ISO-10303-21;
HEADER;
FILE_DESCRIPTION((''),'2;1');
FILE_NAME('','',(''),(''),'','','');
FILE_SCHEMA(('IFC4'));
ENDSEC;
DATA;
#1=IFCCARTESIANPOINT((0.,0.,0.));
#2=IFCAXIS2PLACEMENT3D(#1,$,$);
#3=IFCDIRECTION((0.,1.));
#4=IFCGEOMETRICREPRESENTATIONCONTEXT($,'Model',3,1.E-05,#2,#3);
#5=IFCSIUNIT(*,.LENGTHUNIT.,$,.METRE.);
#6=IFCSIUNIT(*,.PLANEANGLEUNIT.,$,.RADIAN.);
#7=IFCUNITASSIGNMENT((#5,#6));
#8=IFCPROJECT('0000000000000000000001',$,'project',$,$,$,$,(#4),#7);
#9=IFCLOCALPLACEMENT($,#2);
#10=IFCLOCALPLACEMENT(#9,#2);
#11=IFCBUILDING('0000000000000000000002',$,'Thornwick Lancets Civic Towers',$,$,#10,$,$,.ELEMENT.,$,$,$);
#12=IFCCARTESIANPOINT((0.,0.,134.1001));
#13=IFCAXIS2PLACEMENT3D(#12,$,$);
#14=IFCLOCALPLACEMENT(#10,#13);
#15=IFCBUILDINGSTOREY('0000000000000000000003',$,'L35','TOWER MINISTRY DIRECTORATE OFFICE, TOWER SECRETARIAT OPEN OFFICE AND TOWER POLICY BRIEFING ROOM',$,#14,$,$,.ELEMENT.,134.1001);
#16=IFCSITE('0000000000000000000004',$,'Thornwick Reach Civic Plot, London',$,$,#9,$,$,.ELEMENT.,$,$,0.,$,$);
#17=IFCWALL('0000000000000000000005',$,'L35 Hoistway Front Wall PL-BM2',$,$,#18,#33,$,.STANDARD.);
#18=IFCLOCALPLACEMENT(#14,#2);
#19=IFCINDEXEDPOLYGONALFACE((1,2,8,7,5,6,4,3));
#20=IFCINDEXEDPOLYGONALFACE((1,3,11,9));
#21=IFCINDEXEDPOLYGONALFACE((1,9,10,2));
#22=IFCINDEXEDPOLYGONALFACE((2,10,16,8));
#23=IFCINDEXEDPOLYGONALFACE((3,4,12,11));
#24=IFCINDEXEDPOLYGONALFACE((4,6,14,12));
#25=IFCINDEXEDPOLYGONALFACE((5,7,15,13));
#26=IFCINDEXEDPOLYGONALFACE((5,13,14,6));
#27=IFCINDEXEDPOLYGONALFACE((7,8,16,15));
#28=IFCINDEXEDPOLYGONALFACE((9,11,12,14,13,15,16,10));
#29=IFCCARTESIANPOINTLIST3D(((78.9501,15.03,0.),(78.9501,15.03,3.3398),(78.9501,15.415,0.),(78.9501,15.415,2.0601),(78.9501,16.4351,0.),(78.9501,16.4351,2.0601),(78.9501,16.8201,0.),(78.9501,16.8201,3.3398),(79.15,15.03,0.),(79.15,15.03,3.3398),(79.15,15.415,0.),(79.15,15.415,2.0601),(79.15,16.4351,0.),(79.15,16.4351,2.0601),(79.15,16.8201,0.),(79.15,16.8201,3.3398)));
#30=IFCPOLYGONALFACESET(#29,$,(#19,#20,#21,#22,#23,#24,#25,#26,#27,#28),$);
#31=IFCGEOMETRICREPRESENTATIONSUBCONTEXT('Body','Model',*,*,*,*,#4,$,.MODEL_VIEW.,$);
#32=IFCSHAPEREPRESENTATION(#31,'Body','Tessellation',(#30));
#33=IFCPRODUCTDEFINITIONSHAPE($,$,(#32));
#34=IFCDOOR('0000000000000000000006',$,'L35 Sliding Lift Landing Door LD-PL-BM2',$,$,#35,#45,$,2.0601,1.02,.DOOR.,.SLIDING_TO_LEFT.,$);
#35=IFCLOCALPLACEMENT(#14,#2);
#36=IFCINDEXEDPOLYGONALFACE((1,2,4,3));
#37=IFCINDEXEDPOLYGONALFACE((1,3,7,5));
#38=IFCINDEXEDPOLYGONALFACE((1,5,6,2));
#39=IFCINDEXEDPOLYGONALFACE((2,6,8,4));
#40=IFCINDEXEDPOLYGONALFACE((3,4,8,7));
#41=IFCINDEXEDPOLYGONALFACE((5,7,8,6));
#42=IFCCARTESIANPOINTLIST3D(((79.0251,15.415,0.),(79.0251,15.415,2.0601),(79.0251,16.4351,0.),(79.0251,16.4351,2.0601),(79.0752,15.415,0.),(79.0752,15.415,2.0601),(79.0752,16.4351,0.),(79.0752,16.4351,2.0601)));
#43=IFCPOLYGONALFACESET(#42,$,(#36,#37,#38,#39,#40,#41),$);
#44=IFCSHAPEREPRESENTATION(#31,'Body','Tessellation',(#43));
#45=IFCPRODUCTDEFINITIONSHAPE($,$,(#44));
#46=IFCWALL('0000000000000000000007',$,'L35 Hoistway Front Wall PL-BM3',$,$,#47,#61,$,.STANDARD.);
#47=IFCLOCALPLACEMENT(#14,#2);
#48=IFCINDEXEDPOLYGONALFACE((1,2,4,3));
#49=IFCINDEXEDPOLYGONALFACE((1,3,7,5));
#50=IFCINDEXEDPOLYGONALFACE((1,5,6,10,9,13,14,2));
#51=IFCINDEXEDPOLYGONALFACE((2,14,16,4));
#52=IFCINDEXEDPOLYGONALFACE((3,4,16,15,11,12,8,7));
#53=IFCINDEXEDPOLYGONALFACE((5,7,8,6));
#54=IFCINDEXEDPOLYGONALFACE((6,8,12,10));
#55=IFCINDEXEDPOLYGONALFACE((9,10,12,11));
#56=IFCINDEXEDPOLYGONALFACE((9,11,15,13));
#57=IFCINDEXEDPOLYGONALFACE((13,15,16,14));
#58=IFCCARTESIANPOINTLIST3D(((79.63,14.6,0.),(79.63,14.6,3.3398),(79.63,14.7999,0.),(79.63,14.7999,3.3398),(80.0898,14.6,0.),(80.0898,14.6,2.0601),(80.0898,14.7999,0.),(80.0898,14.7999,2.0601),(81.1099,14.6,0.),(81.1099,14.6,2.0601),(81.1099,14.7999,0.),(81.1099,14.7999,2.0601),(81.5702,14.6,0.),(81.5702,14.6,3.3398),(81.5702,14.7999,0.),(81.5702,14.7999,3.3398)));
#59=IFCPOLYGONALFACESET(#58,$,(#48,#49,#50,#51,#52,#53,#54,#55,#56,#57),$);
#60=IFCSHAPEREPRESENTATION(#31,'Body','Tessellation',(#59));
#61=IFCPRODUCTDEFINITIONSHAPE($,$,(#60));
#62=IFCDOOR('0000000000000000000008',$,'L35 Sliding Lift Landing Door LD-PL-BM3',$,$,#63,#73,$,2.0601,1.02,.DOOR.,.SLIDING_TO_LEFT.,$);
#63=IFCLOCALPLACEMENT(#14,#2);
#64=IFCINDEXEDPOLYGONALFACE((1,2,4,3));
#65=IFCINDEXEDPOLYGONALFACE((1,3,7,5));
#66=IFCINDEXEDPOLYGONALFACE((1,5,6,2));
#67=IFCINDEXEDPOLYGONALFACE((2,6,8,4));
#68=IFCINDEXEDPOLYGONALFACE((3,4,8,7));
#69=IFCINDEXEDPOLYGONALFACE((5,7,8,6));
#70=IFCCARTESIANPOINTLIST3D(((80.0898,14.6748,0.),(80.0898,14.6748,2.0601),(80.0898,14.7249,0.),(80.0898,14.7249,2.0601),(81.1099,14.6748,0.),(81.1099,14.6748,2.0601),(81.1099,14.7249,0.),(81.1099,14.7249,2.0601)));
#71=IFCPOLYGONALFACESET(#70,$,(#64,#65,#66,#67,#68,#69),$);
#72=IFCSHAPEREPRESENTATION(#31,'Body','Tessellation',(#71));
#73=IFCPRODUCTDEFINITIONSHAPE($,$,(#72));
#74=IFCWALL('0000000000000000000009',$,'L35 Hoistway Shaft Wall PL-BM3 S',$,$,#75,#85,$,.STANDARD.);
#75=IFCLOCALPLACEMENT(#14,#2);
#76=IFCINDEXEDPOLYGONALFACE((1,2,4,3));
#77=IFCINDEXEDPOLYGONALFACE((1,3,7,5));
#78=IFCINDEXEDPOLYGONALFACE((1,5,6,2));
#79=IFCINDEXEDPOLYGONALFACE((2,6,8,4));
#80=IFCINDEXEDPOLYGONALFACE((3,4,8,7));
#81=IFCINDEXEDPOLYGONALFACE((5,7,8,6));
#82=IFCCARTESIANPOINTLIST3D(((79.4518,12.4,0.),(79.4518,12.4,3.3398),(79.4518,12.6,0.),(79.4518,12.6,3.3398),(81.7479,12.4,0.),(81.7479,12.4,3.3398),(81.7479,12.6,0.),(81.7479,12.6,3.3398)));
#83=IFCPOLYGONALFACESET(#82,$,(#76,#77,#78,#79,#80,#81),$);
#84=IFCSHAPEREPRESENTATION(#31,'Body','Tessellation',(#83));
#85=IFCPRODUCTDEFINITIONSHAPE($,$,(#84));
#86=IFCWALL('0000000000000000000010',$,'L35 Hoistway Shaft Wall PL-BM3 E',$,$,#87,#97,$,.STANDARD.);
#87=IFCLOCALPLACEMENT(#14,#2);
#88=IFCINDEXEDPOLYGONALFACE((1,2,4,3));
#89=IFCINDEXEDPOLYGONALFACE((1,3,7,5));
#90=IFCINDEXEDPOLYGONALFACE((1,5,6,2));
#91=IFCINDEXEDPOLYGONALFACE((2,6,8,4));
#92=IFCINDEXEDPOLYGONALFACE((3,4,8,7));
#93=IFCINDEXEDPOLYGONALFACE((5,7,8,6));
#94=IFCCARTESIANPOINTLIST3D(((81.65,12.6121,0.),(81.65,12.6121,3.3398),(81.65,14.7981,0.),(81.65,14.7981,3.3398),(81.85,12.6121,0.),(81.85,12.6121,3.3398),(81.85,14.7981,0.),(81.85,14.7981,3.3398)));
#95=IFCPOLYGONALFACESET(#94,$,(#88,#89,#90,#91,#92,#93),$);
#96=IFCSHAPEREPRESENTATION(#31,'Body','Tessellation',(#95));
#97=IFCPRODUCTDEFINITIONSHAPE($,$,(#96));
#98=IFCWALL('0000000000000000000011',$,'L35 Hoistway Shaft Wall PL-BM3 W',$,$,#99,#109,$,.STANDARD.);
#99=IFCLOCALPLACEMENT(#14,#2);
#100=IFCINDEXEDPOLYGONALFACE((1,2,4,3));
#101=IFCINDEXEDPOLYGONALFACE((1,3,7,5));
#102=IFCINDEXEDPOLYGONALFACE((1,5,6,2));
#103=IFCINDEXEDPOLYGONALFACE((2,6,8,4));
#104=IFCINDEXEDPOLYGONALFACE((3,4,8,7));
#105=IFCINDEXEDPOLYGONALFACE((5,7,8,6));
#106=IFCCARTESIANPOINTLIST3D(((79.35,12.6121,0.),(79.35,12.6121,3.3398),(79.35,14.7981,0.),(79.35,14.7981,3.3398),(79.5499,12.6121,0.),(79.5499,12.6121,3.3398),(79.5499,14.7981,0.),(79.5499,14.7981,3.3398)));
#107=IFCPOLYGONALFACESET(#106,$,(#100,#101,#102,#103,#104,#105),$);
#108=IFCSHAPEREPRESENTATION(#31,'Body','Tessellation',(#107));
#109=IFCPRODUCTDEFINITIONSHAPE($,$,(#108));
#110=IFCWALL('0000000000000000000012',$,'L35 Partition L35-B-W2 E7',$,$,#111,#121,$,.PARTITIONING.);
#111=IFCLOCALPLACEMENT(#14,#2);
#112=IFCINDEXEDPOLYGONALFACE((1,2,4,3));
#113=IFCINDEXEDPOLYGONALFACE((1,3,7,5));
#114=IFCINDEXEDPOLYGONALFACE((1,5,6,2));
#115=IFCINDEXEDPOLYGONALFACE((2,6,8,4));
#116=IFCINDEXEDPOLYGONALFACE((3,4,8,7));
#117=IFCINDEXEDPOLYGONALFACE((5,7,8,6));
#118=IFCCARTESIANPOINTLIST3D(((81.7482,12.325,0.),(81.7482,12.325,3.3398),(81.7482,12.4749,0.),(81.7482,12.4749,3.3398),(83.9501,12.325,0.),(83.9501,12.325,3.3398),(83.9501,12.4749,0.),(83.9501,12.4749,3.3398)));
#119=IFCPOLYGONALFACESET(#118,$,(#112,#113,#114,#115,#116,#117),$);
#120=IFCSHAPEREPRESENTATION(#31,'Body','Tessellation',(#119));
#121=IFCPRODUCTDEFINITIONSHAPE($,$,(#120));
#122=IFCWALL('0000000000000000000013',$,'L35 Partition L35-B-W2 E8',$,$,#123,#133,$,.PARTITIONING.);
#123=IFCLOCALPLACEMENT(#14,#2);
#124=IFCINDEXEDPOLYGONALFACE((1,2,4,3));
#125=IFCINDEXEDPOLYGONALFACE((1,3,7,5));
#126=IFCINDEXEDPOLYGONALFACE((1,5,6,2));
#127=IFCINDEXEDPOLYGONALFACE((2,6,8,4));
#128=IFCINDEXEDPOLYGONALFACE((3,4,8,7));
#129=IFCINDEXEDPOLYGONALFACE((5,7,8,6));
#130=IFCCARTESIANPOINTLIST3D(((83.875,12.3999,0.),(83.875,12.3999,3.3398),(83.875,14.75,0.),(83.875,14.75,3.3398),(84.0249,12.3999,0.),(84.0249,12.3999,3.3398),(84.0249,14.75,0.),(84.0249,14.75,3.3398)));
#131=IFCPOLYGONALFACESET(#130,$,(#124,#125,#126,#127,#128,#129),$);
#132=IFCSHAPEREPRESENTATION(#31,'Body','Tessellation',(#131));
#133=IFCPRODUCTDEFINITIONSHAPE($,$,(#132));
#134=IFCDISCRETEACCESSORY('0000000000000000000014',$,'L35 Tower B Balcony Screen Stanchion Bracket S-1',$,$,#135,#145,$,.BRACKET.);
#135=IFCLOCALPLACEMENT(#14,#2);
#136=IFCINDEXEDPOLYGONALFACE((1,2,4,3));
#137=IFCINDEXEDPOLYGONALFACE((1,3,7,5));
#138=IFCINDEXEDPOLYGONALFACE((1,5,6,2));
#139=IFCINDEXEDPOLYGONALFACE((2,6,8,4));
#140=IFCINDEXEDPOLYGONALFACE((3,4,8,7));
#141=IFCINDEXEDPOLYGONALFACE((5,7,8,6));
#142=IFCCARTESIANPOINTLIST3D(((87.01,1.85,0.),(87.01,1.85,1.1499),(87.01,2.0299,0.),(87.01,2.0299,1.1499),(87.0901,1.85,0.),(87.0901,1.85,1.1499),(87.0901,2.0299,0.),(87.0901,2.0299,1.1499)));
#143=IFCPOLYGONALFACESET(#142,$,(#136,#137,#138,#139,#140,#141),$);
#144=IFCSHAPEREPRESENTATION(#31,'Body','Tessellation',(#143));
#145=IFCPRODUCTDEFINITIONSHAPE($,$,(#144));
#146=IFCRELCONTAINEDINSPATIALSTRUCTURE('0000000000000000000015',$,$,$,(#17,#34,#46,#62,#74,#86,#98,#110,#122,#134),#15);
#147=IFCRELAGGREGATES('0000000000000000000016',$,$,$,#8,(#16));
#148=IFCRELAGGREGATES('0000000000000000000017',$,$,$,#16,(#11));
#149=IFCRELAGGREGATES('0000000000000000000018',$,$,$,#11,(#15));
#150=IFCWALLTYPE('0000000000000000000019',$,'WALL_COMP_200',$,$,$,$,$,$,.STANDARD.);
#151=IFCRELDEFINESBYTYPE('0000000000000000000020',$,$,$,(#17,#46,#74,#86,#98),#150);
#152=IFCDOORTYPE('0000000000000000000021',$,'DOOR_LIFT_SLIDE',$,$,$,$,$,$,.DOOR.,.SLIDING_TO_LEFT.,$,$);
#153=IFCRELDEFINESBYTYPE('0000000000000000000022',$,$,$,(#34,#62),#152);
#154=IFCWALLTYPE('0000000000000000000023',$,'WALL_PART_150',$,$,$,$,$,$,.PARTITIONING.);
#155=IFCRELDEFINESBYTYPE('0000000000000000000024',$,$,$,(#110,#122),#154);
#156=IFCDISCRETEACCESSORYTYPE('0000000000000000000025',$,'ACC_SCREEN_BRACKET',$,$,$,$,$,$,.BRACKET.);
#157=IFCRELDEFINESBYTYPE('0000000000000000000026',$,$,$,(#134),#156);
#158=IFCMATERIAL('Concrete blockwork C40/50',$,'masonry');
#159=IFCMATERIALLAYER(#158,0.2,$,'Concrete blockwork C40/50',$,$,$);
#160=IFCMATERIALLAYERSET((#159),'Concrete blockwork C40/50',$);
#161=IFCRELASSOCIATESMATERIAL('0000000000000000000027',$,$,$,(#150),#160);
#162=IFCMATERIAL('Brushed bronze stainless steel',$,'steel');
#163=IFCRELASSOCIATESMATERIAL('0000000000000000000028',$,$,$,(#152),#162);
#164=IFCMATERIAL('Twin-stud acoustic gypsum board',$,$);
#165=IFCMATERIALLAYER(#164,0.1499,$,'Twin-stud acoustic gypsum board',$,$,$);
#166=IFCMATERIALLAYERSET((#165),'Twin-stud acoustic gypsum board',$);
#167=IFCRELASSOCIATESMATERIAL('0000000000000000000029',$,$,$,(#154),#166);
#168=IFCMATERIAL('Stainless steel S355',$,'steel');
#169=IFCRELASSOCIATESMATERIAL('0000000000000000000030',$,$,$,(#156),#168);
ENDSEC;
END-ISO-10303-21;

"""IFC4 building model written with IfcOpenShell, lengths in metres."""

from ifc_helpers import new_model, si_unit, direction, frame, frame_2d, origin, origin_2d, place, context, subcontext, project, spatial, rectangle, extrude, material, layer, layer_set, type_object, element, fill, save


model = new_model("IFC4")

# Units and contexts
model_context = context("Model", 3, precision=1e-05, world=origin(), true_north=direction((0.0, 1.0)))
body_context = subcontext(model_context, "Body", "Model", "MODEL_VIEW")
ifc_project = project(units=[si_unit("LENGTHUNIT", "METRE"), si_unit("PLANEANGLEUNIT", "RADIAN")], contexts=[model_context])

# Site, building, storey
site_placement = place(None, origin())
site = spatial("IfcSite", under=ifc_project, at=site_placement, Name="Thornwick Reach Civic Plot, London", CompositionType="ELEMENT", RefElevation=0.0)
building_placement = place(site_placement, origin())
building = spatial("IfcBuilding", under=site, at=building_placement, Name="Thornwick Lancets Civic Towers", CompositionType="ELEMENT")
storey_placement = place(building_placement, frame((0.0, 0.0, 134.1001)))
storey = spatial("IfcBuildingStorey", under=building, at=storey_placement, Name="L35", Description="TOWER MINISTRY DIRECTORATE OFFICE, TOWER SECRETARIAT OPEN OFFICE AND TOWER POLICY BRIEFING ROOM", CompositionType="ELEMENT", Elevation=134.1001)

# Walls, openings, doors
ifc_material_1 = material(Name="Concrete blockwork C40/50", Category="masonry")
ifc_layer_1 = layer(ifc_material_1, 0.2, Name="Concrete blockwork C40/50")
ifc_layer_set_1 = layer_set([ifc_layer_1], Name="Concrete blockwork C40/50")
wall_type_1 = type_object("IfcWallType", Name="WALL_COMP_200", PredefinedType="STANDARD", material=ifc_layer_set_1)
wall_1_placement = place(storey_placement, frame((79.05, 15.03, 0.0), z_axis=(0.0, 0.0, 1.0), x_axis=(0.0, 1.0, 0.0)))
wall_1 = element("IfcWall", 1, at=wall_1_placement, inside=storey, type_object=wall_type_1, Name="L35 Hoistway Front Wall PL-BM2", PredefinedType="STANDARD", context=body_context, shape_type="SweptSolid", body=[
    extrude(rectangle(XDim=1.79, YDim=0.2, at=frame_2d((0.895, 0.0))), origin(), (0.0, 0.0, 1.0), 3.3398),
])
opening_1_placement = place(wall_1_placement, frame((0.385, 0.0, 0.0)))
opening_1 = element("IfcOpeningElement", 2, at=opening_1_placement, cuts=wall_1, PredefinedType="OPENING", context=body_context, shape_type="SweptSolid", body=[
    extrude(rectangle(XDim=1.02, YDim=2.0601, at=frame_2d((0.51, 1.03))), frame((0.0, 0.1099, 0.0), z_axis=(0.0, -1.0, 0.0), x_axis=(1.0, 0.0, 0.0)), (0.0, 0.0, 1.0), 0.22),
])
ifc_material_2 = material(Name="Brushed bronze stainless steel", Category="steel")
door_type_1 = type_object("IfcDoorType", Name="DOOR_LIFT_SLIDE", OperationType="SLIDING_TO_LEFT", PredefinedType="DOOR", material=ifc_material_2)
door_1_placement = place(opening_1_placement, origin())
door_1 = element("IfcDoor", 3, at=door_1_placement, inside=storey, type_object=door_type_1, Name="L35 Sliding Lift Landing Door LD-PL-BM2", OperationType="SLIDING_TO_LEFT", OverallHeight=2.0601, OverallWidth=1.02, PredefinedType="DOOR", context=body_context, shape_type="SweptSolid", body=[
    extrude(rectangle(XDim=1.02, YDim=2.0601, at=frame_2d((0.51, 1.03))), frame((0.0, 0.0249, 0.0), z_axis=(0.0, -1.0, 0.0), x_axis=(1.0, 0.0, 0.0)), (0.0, 0.0, 1.0), 0.05),
])
fill(opening_1, door_1)
wall_2_placement = place(storey_placement, frame((79.6299, 14.7, 0.0), z_axis=(0.0, 0.0, 1.0), x_axis=(1.0, 0.0, 0.0)))
wall_2 = element("IfcWall", 4, at=wall_2_placement, inside=storey, type_object=wall_type_1, Name="L35 Hoistway Front Wall PL-BM3", PredefinedType="STANDARD", context=body_context, shape_type="SweptSolid", body=[
    extrude(rectangle(XDim=1.9402, YDim=0.2, at=frame_2d((0.9702, 0.0))), origin(), (0.0, 0.0, 1.0), 3.3398),
])
opening_2_placement = place(wall_2_placement, frame((0.46, 0.0, 0.0)))
opening_2 = element("IfcOpeningElement", 5, at=opening_2_placement, cuts=wall_2, PredefinedType="OPENING", context=body_context, shape_type="SweptSolid", body=[
    extrude(rectangle(XDim=1.02, YDim=2.0601, at=frame_2d((0.51, 1.03))), frame((0.0, 0.1099, 0.0), z_axis=(0.0, -1.0, 0.0), x_axis=(1.0, 0.0, 0.0)), (0.0, 0.0, 1.0), 0.22),
])
door_2_placement = place(opening_2_placement, origin())
door_2 = element("IfcDoor", 6, at=door_2_placement, inside=storey, type_object=door_type_1, Name="L35 Sliding Lift Landing Door LD-PL-BM3", OperationType="SLIDING_TO_LEFT", OverallHeight=2.0601, OverallWidth=1.02, PredefinedType="DOOR", context=body_context, shape_type="SweptSolid", body=[
    extrude(rectangle(XDim=1.02, YDim=2.0601, at=frame_2d((0.51, 1.03))), frame((0.0, 0.0249, 0.0), z_axis=(0.0, -1.0, 0.0), x_axis=(1.0, 0.0, 0.0)), (0.0, 0.0, 1.0), 0.05),
])
fill(opening_2, door_2)

# Walls
wall_3_placement = place(storey_placement, frame((79.4519, 12.5, 0.0), z_axis=(0.0, 0.0, 1.0), x_axis=(1.0, 0.0, 0.0)))
element("IfcWall", 7, at=wall_3_placement, inside=storey, type_object=wall_type_1, Name="L35 Hoistway Shaft Wall PL-BM3 S", PredefinedType="STANDARD", context=body_context, shape_type="SweptSolid", body=[
    extrude(rectangle(XDim=2.2961, YDim=0.2, at=frame_2d((1.1479, 0.0))), origin(), (0.0, 0.0, 1.0), 3.3398),
])
for number, where, z_axis, x_axis, name in (
    (8, (81.75, 12.6121, 0.0), (0.0, 0.0, 1.0), (0.0, 1.0, 0.0), "L35 Hoistway Shaft Wall PL-BM3 E"),
    (9, (79.45, 12.6121, 0.0), (0.0, 0.0, 1.0), (0.0, 1.0, 0.0), "L35 Hoistway Shaft Wall PL-BM3 W"),
):
    element("IfcWall", number, at=place(storey_placement, frame(where, z_axis=z_axis, x_axis=x_axis)), inside=storey, type_object=wall_type_1, Name=name, PredefinedType="STANDARD", context=body_context, shape_type="SweptSolid", body=[
        extrude(rectangle(XDim=2.186, YDim=0.2, at=frame_2d((1.093, 0.0))), origin(), (0.0, 0.0, 1.0), 3.3398),
    ])

# Shared definitions
ifc_material_3 = material(Name="Twin-stud acoustic gypsum board")
ifc_layer_2 = layer(ifc_material_3, 0.1499, Name="Twin-stud acoustic gypsum board")
ifc_layer_set_2 = layer_set([ifc_layer_2], Name="Twin-stud acoustic gypsum board")
wall_type_2 = type_object("IfcWallType", Name="WALL_PART_150", PredefinedType="PARTITIONING", material=ifc_layer_set_2)

# Walls
wall_4_placement = place(storey_placement, frame((81.748, 12.3999, 0.0), z_axis=(0.0, 0.0, 1.0), x_axis=(1.0, 0.0, 0.0)))
element("IfcWall", 10, at=wall_4_placement, inside=storey, type_object=wall_type_2, Name="L35 Partition L35-B-W2 E7", PredefinedType="PARTITIONING", context=body_context, shape_type="SweptSolid", body=[
    extrude(rectangle(XDim=2.2019, YDim=0.1499, at=frame_2d((1.1011, 0.0))), origin(), (0.0, 0.0, 1.0), 3.3398),
])
wall_5_placement = place(storey_placement, frame((83.95, 12.3999, 0.0), z_axis=(0.0, 0.0, 1.0), x_axis=(0.0, 1.0, 0.0)))
element("IfcWall", 11, at=wall_5_placement, inside=storey, type_object=wall_type_2, Name="L35 Partition L35-B-W2 E8", PredefinedType="PARTITIONING", context=body_context, shape_type="SweptSolid", body=[
    extrude(rectangle(XDim=2.3501, YDim=0.1499, at=frame_2d((1.175, 0.0))), origin(), (0.0, 0.0, 1.0), 3.3398),
])

# Discrete accessory
ifc_material_4 = material(Name="Stainless steel S355", Category="steel")
discrete_accessory_type = type_object("IfcDiscreteAccessoryType", Name="ACC_SCREEN_BRACKET", PredefinedType="BRACKET", material=ifc_material_4)
discrete_accessory_placement = place(storey_placement, frame((87.05, 1.9399, 0.0), z_axis=(0.0, 0.0, 1.0), x_axis=(1.0, 0.0, 0.0)))
element("IfcDiscreteAccessory", 12, at=discrete_accessory_placement, inside=storey, type_object=discrete_accessory_type, Name="L35 Tower B Balcony Screen Stanchion Bracket S-1", PredefinedType="BRACKET", context=body_context, shape_type="SweptSolid", body=[
    extrude(rectangle(XDim=0.0801, YDim=0.1799, at=origin_2d()), origin(), (0.0, 0.0, 1.0), 1.1499),
])

save(model, "model.ifc")
